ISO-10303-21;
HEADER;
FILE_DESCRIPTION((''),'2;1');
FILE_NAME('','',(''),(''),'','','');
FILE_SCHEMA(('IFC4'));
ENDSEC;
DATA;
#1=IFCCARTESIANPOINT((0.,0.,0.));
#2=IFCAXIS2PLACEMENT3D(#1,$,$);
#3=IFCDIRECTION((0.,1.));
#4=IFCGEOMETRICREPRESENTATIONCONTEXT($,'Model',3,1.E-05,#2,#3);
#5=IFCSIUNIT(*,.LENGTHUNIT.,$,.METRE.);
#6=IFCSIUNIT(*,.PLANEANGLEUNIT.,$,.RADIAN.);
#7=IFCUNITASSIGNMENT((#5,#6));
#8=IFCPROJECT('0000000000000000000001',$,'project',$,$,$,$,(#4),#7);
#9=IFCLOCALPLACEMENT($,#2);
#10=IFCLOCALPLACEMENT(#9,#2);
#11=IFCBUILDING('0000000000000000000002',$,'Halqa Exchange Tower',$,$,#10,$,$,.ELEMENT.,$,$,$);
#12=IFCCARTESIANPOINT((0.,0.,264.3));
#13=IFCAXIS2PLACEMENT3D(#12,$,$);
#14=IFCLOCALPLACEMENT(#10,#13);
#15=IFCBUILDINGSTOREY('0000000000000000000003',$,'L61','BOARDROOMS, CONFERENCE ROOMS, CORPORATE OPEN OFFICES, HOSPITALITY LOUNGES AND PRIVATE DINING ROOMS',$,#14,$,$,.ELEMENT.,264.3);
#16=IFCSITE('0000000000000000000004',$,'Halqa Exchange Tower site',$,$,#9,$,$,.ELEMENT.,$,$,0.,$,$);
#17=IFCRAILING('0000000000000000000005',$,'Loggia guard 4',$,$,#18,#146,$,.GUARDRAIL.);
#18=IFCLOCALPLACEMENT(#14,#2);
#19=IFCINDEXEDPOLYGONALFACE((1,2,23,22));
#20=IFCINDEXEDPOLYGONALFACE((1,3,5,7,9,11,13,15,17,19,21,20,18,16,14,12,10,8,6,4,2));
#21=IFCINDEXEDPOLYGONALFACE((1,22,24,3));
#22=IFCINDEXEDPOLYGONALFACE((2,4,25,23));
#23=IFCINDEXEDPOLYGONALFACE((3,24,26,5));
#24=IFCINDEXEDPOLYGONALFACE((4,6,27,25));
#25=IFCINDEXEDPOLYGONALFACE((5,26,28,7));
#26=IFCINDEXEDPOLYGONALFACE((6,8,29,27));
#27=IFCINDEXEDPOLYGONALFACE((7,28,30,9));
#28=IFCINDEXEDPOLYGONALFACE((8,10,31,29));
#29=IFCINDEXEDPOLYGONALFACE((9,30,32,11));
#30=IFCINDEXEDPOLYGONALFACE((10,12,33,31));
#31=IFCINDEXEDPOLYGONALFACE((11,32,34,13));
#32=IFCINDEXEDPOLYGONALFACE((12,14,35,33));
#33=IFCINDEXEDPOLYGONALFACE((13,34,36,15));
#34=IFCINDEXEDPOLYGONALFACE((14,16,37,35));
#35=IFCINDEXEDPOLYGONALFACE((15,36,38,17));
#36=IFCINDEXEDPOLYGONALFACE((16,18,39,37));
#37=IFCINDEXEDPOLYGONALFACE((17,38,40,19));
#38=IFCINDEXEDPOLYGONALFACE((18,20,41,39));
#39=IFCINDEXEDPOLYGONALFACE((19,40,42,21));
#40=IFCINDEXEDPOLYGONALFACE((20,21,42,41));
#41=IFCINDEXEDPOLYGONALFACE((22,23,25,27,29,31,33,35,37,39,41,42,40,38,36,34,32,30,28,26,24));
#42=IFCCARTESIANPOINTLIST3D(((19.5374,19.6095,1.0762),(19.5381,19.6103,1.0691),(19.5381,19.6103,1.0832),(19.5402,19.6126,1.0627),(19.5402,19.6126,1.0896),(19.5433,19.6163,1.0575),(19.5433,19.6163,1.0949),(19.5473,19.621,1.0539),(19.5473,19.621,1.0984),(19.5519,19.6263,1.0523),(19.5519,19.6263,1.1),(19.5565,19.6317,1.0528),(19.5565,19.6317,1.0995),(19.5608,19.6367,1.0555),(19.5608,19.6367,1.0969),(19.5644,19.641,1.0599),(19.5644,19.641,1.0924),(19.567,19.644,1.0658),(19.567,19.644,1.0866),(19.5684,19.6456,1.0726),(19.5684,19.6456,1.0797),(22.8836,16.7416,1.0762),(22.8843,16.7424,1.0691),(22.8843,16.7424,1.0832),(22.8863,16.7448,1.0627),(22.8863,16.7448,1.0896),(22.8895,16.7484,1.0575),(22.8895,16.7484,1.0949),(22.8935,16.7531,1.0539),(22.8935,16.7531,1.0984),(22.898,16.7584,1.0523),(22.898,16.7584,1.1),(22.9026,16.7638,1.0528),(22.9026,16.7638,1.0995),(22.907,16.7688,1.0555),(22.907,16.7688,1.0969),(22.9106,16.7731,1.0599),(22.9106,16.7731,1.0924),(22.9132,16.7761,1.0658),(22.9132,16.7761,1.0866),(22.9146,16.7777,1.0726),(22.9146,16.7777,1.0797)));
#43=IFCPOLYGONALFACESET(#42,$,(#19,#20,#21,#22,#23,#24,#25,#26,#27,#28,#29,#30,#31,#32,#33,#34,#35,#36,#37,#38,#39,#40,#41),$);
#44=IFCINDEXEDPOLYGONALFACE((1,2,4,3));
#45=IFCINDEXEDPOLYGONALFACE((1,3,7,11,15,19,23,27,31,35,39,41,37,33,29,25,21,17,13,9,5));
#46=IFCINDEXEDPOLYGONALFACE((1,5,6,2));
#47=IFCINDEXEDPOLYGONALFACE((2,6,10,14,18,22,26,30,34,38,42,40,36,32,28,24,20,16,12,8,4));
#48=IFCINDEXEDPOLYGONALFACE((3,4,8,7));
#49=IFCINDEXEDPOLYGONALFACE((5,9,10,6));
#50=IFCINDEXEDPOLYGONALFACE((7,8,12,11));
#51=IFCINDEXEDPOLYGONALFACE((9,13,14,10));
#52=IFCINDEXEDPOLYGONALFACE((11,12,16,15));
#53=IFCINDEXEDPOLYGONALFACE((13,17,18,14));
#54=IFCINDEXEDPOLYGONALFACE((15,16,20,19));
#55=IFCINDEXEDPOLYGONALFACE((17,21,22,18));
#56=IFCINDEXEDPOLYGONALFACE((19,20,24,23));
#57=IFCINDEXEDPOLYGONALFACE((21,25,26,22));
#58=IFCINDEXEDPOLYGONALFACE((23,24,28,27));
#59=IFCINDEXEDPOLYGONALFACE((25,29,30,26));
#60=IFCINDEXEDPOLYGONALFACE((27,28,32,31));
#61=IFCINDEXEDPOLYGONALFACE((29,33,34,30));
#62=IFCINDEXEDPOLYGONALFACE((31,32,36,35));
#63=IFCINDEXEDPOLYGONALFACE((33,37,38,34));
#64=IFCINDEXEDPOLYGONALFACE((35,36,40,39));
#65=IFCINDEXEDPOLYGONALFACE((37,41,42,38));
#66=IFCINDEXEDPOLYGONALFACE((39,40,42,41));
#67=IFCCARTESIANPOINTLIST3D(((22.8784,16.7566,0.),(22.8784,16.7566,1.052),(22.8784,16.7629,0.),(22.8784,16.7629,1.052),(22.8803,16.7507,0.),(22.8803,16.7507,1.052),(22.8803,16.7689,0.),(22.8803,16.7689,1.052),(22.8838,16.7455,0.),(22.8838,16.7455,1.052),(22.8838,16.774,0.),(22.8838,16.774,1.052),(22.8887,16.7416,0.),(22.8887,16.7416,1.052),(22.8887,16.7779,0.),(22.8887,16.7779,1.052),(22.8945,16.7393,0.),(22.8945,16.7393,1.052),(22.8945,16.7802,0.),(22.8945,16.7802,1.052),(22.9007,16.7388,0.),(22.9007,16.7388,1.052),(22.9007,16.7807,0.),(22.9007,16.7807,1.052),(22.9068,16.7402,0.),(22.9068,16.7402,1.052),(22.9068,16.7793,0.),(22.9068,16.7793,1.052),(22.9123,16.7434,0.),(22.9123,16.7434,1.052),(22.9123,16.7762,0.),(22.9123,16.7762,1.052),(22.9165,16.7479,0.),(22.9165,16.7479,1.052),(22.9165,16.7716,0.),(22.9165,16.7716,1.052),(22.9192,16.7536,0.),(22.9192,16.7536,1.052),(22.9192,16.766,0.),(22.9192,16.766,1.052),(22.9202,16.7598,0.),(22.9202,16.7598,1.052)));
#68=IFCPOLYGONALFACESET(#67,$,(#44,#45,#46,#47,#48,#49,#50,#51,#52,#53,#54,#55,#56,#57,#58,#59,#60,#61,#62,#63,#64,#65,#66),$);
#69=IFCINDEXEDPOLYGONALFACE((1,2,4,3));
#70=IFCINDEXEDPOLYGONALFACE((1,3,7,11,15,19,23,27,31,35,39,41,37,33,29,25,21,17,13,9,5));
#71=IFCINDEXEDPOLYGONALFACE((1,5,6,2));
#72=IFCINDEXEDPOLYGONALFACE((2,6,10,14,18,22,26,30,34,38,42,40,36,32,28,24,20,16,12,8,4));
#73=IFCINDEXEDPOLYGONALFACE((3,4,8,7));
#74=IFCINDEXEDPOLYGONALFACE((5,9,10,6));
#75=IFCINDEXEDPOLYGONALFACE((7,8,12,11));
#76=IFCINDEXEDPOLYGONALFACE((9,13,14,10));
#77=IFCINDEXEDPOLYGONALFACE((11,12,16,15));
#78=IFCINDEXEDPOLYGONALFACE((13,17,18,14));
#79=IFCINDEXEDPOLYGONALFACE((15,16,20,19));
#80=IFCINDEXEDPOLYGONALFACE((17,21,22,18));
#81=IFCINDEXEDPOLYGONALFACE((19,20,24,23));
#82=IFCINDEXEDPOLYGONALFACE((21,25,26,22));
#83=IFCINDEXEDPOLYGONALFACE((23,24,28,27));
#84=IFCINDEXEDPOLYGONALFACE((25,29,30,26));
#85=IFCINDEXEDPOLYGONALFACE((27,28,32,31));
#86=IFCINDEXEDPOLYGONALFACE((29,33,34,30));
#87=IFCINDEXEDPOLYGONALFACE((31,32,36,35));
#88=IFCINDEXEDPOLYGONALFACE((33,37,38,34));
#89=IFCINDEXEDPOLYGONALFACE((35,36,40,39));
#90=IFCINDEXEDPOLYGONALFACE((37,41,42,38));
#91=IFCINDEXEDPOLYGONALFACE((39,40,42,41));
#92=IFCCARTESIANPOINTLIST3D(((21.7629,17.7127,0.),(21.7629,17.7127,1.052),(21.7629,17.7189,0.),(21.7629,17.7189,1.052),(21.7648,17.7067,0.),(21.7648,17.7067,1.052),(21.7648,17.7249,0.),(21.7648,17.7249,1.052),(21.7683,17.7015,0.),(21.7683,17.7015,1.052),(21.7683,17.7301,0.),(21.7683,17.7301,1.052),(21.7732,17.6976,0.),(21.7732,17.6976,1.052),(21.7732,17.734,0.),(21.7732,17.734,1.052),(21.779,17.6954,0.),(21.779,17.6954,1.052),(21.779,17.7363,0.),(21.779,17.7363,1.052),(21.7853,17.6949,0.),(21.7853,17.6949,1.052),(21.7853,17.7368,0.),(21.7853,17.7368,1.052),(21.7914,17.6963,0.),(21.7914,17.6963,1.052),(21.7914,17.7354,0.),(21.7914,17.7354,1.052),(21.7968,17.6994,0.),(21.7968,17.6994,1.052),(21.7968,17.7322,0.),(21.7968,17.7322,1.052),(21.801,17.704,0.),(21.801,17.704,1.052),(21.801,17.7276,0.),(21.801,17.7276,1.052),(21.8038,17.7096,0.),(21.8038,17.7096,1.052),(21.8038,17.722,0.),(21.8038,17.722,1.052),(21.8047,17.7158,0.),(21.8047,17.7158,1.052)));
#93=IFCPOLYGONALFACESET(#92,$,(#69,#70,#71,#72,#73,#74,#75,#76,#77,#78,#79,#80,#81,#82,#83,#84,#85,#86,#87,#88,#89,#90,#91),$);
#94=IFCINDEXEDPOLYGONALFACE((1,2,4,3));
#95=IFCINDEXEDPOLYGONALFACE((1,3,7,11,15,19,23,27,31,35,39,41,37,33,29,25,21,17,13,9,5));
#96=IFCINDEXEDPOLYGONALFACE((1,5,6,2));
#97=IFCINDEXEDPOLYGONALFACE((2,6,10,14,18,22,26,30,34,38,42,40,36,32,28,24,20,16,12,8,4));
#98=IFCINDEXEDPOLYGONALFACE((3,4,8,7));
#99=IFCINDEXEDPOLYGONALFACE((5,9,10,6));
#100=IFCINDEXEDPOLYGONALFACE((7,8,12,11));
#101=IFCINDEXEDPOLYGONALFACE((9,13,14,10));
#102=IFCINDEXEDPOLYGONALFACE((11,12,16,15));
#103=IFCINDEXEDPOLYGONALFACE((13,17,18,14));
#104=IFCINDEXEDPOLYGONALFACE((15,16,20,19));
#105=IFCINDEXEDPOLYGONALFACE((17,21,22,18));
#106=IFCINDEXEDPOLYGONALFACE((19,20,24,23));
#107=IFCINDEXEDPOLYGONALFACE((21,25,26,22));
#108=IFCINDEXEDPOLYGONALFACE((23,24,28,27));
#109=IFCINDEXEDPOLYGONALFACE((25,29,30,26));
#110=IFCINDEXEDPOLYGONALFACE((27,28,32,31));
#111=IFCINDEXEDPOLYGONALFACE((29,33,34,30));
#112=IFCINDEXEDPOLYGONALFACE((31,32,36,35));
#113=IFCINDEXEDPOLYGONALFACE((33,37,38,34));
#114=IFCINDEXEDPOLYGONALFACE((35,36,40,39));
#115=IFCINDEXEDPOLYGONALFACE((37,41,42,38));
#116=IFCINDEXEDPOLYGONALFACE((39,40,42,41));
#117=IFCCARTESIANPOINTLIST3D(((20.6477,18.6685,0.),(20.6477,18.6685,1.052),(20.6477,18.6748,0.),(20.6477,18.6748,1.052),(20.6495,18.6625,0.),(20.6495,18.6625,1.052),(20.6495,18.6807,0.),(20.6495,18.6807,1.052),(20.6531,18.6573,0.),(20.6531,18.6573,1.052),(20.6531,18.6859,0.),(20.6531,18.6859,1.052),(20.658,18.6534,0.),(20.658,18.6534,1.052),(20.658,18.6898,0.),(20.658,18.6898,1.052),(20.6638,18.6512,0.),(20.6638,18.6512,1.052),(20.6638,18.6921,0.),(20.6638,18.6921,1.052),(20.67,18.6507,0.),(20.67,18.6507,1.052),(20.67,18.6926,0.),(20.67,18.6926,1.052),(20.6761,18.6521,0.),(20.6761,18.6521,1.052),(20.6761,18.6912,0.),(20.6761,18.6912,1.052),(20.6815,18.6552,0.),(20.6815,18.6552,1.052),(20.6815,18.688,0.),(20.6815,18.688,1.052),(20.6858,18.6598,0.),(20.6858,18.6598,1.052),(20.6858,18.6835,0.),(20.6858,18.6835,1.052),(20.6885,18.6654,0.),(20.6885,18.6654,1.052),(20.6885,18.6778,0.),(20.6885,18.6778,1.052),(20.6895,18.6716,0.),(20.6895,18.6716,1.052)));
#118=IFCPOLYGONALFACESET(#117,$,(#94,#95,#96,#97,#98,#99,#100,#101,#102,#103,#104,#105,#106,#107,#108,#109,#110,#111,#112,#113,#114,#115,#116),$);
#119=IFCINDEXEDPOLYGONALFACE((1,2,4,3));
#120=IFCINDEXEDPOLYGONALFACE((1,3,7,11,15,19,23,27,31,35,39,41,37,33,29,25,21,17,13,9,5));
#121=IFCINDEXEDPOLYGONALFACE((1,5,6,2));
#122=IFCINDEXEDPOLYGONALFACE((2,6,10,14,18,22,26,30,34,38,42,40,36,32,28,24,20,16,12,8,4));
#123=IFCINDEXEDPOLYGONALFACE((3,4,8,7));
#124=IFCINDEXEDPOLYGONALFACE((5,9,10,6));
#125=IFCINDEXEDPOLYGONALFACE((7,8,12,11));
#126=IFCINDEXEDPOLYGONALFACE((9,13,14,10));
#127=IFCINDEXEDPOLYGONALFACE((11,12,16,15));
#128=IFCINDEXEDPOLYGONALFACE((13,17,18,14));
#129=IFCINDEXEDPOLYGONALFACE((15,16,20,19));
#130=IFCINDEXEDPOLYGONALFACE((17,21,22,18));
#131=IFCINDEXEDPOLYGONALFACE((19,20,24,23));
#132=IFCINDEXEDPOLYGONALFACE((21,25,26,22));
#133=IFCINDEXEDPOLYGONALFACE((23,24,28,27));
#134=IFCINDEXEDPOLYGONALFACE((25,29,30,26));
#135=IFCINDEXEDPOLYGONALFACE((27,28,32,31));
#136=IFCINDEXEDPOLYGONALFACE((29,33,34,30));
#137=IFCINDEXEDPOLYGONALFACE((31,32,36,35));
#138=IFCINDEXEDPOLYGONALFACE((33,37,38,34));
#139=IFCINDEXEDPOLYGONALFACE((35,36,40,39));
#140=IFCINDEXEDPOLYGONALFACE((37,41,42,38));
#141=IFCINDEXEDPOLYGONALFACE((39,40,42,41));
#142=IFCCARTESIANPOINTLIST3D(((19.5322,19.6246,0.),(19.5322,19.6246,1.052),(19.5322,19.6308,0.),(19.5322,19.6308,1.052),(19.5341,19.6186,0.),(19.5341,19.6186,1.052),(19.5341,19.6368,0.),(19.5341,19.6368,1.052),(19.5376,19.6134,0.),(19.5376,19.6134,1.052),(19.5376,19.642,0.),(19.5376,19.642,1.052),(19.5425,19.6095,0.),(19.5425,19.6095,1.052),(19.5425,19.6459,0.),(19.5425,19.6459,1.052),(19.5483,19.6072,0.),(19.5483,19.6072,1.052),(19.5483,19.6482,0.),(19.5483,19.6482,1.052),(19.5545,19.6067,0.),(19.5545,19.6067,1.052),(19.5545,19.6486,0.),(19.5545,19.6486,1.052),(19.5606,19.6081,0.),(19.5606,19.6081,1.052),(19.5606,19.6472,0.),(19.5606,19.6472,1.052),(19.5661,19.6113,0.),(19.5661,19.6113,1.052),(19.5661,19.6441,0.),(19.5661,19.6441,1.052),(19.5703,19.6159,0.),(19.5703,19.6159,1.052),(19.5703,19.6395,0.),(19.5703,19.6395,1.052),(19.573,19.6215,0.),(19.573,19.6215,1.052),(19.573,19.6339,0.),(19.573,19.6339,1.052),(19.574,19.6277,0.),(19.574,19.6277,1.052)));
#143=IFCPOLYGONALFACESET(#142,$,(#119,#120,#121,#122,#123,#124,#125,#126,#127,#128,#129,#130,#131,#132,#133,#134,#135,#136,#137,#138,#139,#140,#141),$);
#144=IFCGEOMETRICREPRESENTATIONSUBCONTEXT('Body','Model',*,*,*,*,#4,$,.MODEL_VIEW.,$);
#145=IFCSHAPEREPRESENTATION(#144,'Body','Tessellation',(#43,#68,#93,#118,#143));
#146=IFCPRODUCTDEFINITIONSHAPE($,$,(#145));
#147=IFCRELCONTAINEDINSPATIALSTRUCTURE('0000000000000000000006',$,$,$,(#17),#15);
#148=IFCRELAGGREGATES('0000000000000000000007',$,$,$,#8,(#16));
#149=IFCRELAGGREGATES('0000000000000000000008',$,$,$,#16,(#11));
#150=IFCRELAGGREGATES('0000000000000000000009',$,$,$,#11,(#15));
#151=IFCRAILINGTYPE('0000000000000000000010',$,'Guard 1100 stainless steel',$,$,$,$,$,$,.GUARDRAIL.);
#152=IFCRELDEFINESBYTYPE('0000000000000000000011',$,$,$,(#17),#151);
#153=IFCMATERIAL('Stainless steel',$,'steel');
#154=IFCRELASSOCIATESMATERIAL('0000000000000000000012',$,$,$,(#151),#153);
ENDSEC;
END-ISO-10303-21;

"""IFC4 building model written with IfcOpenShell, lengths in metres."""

from ifc_helpers import new_model, si_unit, direction, frame, origin, origin_2d, place, context, subcontext, project, spatial, circle, extrude, material, type_object, element, save


model = new_model("IFC4")

# Units and contexts
model_context = context("Model", 3, precision=1e-05, world=origin(), true_north=direction((0.0, 1.0)))
body_context = subcontext(model_context, "Body", "Model", "MODEL_VIEW")
ifc_project = project(units=[si_unit("LENGTHUNIT", "METRE"), si_unit("PLANEANGLEUNIT", "RADIAN")], contexts=[model_context])

# Site, building, storey
site_placement = place(None, origin())
site = spatial("IfcSite", under=ifc_project, at=site_placement, Name="Halqa Exchange Tower site", CompositionType="ELEMENT", RefElevation=0.0)
building_placement = place(site_placement, origin())
building = spatial("IfcBuilding", under=site, at=building_placement, Name="Halqa Exchange Tower", CompositionType="ELEMENT")
storey_placement = place(building_placement, frame((0.0, 0.0, 264.3)))
storey = spatial("IfcBuildingStorey", under=building, at=storey_placement, Name="L61", Description="BOARDROOMS, CONFERENCE ROOMS, CORPORATE OPEN OFFICES, HOSPITALITY LOUNGES AND PRIVATE DINING ROOMS", CompositionType="ELEMENT", Elevation=264.3)

# Railing
ifc_material_1 = material(Name="Stainless steel", Category="steel")
railing_type = type_object("IfcRailingType", Name="Guard 1100 stainless steel", PredefinedType="GUARDRAIL", material=ifc_material_1)
railing_1_placement = place(storey_placement, frame((22.8992, 16.7598, 0.0)))
element("IfcRailing", 1, at=railing_1_placement, inside=storey, type_object=railing_type, Name="Loggia guard 4", PredefinedType="GUARDRAIL", context=body_context, shape_type="SweptSolid", body=[
    extrude(circle(Radius=0.0239, at=origin_2d()), frame((0.0, 0.0, 1.0762), z_axis=(-0.759284, 0.650759, 0.0), x_axis=(-0.650759, -0.759284, 0.0)), (0.0, 0.0, 1.0), 4.407),
    extrude(circle(Radius=0.021, at=origin_2d()), origin(), (0.0, 0.0, 1.0), 1.052),
    extrude(circle(Radius=0.021, at=origin_2d()), frame((-1.1155, 0.9561, 0.0)), (0.0, 0.0, 1.0), 1.052),
    extrude(circle(Radius=0.021, at=origin_2d()), frame((-2.2307, 1.9119, 0.0)), (0.0, 0.0, 1.0), 1.052),
    extrude(circle(Radius=0.021, at=origin_2d()), frame((-3.3462, 2.8679, 0.0)), (0.0, 0.0, 1.0), 1.052),
])

save(model, "model.ifc")
